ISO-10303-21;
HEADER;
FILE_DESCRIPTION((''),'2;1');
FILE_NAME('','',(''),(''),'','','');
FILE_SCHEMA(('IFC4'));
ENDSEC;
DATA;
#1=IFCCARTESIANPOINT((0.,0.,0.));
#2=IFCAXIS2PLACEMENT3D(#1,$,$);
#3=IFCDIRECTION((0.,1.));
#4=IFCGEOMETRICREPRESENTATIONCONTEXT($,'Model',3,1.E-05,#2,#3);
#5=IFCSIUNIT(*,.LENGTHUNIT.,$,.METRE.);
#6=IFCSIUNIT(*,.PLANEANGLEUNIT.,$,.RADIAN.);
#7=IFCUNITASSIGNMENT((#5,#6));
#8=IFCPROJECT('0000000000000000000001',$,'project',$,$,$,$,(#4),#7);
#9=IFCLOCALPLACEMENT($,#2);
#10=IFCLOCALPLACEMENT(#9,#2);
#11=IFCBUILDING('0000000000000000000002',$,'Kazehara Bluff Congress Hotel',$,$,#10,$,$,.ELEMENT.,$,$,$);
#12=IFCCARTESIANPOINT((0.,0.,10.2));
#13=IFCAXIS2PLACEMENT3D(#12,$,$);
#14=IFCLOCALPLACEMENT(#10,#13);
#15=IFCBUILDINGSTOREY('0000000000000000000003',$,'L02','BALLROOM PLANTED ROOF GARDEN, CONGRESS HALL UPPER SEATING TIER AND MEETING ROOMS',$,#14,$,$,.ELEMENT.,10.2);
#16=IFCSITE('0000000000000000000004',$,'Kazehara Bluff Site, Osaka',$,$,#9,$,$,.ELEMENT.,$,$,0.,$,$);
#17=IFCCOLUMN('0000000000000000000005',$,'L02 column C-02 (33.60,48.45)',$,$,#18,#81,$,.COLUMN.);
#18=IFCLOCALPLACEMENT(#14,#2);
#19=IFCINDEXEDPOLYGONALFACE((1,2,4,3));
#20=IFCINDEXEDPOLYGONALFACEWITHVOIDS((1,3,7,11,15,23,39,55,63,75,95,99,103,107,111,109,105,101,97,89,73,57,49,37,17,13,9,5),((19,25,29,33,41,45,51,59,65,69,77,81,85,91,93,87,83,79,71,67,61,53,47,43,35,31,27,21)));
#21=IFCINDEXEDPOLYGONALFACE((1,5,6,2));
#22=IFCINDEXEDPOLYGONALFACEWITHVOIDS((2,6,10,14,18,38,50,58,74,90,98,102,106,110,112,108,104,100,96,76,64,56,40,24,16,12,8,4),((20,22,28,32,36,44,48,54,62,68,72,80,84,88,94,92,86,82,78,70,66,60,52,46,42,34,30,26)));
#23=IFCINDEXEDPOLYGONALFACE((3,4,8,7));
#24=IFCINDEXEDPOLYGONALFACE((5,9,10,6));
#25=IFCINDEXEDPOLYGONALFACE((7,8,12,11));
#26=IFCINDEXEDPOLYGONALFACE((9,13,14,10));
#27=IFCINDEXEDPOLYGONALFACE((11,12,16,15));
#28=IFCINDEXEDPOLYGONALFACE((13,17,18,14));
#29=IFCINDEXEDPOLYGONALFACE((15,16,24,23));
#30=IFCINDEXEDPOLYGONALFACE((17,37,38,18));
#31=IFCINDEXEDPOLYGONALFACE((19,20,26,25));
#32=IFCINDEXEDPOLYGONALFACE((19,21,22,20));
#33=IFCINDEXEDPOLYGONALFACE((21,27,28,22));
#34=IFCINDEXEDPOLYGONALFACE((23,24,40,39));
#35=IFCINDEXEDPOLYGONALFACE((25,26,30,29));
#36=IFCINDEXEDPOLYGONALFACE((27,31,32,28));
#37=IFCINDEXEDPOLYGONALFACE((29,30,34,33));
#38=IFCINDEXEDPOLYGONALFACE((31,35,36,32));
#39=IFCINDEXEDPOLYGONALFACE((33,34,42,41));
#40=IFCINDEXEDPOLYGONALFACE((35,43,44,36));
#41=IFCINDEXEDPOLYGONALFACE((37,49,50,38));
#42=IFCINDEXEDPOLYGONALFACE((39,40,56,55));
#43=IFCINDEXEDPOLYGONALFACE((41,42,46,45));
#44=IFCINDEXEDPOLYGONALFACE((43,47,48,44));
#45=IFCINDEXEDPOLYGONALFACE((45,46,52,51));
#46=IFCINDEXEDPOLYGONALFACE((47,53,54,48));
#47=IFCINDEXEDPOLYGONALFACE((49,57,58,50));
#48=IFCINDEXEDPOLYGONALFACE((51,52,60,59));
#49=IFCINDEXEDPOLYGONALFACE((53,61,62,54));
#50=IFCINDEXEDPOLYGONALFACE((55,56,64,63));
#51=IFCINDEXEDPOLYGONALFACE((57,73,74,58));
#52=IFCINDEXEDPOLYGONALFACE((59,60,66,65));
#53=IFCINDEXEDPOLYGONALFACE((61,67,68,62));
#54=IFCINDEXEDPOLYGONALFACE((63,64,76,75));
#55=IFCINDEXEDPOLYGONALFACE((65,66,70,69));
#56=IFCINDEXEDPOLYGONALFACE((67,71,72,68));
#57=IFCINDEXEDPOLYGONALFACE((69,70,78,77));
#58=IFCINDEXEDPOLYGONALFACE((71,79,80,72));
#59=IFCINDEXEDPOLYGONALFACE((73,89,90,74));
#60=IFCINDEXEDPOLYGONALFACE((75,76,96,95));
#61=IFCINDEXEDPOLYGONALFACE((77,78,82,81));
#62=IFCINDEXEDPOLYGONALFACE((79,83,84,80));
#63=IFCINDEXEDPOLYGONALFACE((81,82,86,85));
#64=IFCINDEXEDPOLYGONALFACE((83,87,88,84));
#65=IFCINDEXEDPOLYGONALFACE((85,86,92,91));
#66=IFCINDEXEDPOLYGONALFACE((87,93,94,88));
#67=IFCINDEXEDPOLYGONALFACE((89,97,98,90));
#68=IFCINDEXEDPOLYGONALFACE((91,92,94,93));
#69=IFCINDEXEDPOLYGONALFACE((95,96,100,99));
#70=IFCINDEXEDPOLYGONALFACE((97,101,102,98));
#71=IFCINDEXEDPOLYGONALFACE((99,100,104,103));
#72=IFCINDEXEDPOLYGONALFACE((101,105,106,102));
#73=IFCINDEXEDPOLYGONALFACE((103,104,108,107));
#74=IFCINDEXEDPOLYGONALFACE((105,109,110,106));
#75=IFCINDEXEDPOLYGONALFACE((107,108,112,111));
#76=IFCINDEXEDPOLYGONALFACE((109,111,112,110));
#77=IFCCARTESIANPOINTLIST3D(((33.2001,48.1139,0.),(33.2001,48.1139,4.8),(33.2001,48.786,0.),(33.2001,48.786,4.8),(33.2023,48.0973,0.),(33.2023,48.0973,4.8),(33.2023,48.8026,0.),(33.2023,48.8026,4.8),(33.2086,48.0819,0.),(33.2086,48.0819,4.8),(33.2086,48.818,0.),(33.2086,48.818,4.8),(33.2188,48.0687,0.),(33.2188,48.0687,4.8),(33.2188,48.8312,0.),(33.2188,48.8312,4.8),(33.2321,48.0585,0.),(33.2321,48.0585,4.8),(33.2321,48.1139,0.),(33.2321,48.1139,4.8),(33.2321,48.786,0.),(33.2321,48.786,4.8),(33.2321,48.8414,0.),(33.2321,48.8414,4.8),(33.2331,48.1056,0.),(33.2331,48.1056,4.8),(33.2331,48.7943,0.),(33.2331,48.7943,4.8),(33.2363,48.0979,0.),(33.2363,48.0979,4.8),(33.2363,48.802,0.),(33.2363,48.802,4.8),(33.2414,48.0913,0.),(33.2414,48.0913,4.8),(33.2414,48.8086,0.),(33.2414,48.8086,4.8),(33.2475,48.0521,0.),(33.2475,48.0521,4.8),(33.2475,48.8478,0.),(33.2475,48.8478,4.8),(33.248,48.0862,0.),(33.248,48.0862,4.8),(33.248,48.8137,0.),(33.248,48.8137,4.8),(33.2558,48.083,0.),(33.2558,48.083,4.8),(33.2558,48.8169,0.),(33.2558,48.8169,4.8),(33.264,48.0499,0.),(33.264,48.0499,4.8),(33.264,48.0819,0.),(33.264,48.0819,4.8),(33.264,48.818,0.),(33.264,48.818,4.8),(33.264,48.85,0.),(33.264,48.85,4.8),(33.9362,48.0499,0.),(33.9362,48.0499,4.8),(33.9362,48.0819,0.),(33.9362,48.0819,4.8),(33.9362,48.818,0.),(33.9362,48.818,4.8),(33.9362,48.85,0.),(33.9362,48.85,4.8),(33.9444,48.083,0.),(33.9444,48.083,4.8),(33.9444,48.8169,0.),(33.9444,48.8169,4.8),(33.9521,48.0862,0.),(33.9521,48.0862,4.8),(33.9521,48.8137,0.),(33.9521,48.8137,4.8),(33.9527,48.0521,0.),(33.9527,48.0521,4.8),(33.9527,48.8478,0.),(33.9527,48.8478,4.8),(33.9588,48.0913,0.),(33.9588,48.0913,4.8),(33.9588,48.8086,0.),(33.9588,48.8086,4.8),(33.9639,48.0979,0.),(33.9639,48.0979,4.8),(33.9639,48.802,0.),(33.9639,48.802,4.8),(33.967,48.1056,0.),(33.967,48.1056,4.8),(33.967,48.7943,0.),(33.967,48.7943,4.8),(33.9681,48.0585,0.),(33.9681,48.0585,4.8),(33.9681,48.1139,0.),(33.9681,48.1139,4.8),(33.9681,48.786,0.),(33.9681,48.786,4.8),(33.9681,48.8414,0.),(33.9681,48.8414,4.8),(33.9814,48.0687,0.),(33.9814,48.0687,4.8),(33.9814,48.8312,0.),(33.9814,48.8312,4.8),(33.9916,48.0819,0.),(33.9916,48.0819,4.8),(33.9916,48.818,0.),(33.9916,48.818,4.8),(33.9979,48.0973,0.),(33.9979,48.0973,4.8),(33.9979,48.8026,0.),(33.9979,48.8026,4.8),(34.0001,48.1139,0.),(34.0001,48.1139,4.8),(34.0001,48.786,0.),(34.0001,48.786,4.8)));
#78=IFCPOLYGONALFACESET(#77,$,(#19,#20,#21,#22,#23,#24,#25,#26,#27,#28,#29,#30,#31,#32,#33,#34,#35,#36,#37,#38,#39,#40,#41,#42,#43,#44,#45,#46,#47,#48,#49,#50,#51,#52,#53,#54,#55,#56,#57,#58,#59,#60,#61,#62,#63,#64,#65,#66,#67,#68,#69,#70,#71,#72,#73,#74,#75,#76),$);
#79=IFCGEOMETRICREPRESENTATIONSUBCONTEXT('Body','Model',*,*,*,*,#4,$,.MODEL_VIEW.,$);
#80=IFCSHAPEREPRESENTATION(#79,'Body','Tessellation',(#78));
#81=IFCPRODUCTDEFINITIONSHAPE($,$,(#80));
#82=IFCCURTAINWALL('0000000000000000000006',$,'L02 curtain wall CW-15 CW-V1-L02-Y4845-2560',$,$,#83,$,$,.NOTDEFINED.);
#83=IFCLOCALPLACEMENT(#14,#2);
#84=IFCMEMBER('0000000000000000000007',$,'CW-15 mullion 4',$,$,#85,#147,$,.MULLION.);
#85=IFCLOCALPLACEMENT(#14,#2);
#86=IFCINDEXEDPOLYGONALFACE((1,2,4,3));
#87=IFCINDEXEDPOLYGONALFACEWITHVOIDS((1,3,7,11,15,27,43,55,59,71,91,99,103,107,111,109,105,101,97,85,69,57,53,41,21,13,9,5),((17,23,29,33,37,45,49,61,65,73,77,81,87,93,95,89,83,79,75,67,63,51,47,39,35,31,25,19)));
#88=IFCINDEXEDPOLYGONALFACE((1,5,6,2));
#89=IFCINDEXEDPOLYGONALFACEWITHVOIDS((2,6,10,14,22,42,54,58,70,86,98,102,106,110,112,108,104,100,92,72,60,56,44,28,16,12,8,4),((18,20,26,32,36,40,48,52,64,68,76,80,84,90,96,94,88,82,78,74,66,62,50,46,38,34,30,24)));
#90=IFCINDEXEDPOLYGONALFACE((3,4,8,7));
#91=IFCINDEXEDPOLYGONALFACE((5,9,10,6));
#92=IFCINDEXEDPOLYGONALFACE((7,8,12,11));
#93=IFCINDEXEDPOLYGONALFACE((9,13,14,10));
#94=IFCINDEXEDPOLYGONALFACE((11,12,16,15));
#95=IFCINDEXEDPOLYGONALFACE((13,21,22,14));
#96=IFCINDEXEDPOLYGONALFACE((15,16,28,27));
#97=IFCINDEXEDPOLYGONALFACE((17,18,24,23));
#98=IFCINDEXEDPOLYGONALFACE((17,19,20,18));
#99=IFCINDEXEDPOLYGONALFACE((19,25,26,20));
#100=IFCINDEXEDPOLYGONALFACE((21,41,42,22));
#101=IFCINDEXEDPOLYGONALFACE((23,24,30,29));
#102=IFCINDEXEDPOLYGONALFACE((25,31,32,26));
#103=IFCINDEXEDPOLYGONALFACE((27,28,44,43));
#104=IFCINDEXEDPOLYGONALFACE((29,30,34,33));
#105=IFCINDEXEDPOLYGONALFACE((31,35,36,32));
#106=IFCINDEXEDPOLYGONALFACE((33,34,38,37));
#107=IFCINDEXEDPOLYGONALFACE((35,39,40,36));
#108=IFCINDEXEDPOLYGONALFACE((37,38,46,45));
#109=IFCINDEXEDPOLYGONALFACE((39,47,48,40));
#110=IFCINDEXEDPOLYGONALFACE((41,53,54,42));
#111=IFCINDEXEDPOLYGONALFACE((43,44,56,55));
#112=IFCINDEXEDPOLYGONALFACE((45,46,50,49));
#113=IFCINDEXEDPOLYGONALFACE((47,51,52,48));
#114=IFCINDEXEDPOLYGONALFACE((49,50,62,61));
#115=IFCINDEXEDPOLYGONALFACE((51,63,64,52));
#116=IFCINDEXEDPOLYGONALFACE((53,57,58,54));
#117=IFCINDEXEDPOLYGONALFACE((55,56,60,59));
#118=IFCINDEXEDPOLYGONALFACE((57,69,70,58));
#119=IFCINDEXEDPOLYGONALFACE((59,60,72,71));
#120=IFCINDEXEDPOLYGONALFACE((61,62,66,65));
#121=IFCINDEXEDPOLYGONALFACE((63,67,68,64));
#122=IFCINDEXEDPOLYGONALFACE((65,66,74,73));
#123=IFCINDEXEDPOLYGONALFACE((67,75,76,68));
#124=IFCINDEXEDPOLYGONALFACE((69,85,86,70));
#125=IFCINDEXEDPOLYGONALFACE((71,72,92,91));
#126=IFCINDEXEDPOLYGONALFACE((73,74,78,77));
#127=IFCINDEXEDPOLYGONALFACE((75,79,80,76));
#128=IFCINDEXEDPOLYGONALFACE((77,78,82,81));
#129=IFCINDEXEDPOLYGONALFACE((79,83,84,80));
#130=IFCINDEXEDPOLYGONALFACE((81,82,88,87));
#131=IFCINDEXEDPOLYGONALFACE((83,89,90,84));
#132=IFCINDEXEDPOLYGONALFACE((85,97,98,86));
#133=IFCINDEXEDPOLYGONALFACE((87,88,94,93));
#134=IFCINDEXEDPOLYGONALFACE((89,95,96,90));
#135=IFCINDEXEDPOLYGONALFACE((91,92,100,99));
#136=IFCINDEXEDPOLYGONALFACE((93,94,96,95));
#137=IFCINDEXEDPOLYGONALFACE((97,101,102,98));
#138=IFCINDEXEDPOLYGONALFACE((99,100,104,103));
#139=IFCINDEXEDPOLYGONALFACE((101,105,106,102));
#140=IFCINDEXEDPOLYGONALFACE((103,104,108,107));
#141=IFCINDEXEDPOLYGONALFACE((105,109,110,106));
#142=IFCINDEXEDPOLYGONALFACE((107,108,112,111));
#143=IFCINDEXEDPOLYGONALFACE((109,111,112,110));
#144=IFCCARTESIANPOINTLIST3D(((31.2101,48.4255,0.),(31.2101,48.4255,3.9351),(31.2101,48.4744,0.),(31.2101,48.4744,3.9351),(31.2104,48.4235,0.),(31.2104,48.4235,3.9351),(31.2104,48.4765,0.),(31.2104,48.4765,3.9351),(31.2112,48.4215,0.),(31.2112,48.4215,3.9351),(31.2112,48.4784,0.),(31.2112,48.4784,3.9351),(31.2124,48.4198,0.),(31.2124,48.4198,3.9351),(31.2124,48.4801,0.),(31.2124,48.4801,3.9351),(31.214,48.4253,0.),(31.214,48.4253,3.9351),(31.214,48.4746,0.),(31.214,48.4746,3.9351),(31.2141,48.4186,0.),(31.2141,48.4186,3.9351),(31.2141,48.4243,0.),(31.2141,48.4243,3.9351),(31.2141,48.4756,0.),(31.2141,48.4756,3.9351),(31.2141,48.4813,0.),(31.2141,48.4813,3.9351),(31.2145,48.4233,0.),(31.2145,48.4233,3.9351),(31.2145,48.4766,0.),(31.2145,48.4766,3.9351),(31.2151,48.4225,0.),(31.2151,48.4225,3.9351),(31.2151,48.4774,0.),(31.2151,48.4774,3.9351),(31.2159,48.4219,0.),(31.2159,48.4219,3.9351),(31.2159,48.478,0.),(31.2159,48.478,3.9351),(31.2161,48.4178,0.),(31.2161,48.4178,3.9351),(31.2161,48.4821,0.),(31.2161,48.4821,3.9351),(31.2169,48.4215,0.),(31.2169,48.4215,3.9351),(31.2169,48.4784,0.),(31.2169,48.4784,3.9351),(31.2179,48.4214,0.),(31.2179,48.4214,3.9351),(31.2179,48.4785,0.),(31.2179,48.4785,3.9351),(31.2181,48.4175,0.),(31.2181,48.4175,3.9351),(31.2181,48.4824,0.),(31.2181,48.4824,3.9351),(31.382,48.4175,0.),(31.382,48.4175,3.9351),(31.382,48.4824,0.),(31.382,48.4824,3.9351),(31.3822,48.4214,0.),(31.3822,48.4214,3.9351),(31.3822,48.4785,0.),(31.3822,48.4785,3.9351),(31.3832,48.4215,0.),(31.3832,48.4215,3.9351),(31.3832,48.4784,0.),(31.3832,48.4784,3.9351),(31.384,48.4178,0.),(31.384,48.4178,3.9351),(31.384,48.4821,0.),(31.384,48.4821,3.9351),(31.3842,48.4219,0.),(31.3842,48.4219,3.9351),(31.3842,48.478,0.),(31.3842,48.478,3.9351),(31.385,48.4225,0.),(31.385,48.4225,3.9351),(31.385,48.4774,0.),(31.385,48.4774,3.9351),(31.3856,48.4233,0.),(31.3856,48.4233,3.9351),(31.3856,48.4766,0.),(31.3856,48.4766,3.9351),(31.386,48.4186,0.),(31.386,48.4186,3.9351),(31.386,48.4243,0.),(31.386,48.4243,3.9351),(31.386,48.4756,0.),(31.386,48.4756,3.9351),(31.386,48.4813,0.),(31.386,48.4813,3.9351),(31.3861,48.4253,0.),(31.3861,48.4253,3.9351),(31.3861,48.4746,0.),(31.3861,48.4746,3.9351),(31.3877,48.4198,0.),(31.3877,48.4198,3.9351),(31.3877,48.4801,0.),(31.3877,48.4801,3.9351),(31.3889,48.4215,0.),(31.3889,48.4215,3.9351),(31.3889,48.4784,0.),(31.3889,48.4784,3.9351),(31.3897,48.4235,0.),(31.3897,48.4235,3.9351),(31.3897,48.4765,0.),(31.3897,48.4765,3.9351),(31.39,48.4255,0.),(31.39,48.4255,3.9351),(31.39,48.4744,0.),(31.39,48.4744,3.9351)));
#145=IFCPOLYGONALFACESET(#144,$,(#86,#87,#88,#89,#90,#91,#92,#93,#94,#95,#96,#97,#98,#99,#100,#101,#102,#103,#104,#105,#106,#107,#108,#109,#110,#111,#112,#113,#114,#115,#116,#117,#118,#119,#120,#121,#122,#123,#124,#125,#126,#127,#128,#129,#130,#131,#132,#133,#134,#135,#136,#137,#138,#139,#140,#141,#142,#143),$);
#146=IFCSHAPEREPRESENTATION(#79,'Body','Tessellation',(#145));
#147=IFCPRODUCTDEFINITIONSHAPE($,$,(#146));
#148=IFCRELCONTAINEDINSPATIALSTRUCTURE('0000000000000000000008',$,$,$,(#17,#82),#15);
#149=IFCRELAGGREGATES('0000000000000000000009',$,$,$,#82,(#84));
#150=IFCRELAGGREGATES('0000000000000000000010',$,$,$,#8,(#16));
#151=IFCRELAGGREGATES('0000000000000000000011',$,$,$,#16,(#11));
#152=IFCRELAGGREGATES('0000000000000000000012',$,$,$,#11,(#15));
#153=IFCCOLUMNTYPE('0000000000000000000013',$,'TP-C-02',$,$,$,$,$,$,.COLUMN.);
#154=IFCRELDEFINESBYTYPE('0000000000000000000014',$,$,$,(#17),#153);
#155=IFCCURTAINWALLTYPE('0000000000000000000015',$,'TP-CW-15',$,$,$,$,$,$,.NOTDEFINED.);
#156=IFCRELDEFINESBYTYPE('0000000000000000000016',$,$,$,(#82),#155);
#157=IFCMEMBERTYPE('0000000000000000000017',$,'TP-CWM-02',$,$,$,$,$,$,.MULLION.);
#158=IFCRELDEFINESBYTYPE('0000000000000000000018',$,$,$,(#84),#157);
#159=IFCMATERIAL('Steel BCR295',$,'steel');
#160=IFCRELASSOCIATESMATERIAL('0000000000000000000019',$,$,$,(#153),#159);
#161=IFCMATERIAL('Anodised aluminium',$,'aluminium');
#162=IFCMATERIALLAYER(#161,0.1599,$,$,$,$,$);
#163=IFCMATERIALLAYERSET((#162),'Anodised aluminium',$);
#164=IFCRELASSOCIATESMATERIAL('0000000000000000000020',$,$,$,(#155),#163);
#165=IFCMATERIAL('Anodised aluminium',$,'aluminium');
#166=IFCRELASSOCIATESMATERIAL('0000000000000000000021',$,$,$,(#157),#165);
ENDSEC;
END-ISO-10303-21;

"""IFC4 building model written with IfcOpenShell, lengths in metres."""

from ifc_helpers import new_model, si_unit, direction, frame, origin, origin_2d, place, context, subcontext, project, spatial, hollow_rectangle, extrude, material, layer, layer_set, material_profile, profile_set, type_object, element, aggregate, save


model = new_model("IFC4")

# Units and contexts
model_context = context("Model", 3, precision=1e-05, world=origin(), true_north=direction((0.0, 1.0)))
body_context = subcontext(model_context, "Body", "Model", "MODEL_VIEW")
ifc_project = project(units=[si_unit("LENGTHUNIT", "METRE"), si_unit("PLANEANGLEUNIT", "RADIAN")], contexts=[model_context])

# Site, building, storey
site_placement = place(None, origin())
site = spatial("IfcSite", under=ifc_project, at=site_placement, Name="Kazehara Bluff Site, Osaka", CompositionType="ELEMENT", RefElevation=0.0)
building_placement = place(site_placement, origin())
building = spatial("IfcBuilding", under=site, at=building_placement, Name="Kazehara Bluff Congress Hotel", CompositionType="ELEMENT")
storey_placement = place(building_placement, frame((0.0, 0.0, 10.2)))
storey = spatial("IfcBuildingStorey", under=building, at=storey_placement, Name="L02", Description="BALLROOM PLANTED ROOF GARDEN, CONGRESS HALL UPPER SEATING TIER AND MEETING ROOMS", CompositionType="ELEMENT", Elevation=10.2)

# Column
ifc_material_1 = material(Name="Steel BCR295", Category="steel")
ifc_material_profile_1 = material_profile(ifc_material_1, hollow_rectangle(XDim=0.8, YDim=0.8, WallThickness=0.032, InnerFilletRadius=0.032, OuterFilletRadius=0.064, at=origin_2d()))
ifc_profile_set_1 = profile_set([ifc_material_profile_1], Name="Steel BCR295")
column_type = type_object("IfcColumnType", Name="TP-C-02", PredefinedType="COLUMN", material=ifc_profile_set_1)
column_placement = place(storey_placement, frame((33.6001, 48.45, 0.0), z_axis=(0.0, 0.0, 1.0), x_axis=(1.0, 0.0, 0.0)))
element("IfcColumn", 1, at=column_placement, inside=storey, type_object=column_type, Name="L02 column C-02 (33.60,48.45)", PredefinedType="COLUMN", context=body_context, shape_type="SweptSolid", body=[
    extrude(hollow_rectangle(XDim=0.8, YDim=0.8, WallThickness=0.032, InnerFilletRadius=0.032, OuterFilletRadius=0.064, at=origin_2d()), origin(), (0.0, 0.0, 1.0), 4.8),
])

# Curtain wall, member
ifc_material_2 = material(Name="Anodised aluminium", Category="aluminium")
ifc_layer_1 = layer(ifc_material_2, 0.1599)
ifc_layer_set_1 = layer_set([ifc_layer_1], Name="Anodised aluminium")
curtain_wall_type = type_object("IfcCurtainWallType", Name="TP-CW-15", PredefinedType="NOTDEFINED", material=ifc_layer_set_1)
curtain_wall_1_placement = place(storey_placement, origin())
curtain_wall_1 = element("IfcCurtainWall", 2, at=curtain_wall_1_placement, inside=storey, type_object=curtain_wall_type, Name="L02 curtain wall CW-15 CW-V1-L02-Y4845-2560", PredefinedType="NOTDEFINED")
ifc_material_3 = material(Name="Anodised aluminium", Category="aluminium")
ifc_material_profile_2 = material_profile(ifc_material_3, hollow_rectangle(XDim=0.0649, YDim=0.1799, WallThickness=0.0039, InnerFilletRadius=0.0039, OuterFilletRadius=0.0081, at=origin_2d()))
ifc_profile_set_2 = profile_set([ifc_material_profile_2], Name="Anodised aluminium")
member_type_1 = type_object("IfcMemberType", Name="TP-CWM-02", PredefinedType="MULLION", material=ifc_profile_set_2)
member_1_placement = place(storey_placement, frame((31.3, 48.45, 0.0), z_axis=(0.0, 0.0, 1.0), x_axis=(0.0, 1.0, 0.0)))
member_1 = element("IfcMember", 3, at=member_1_placement, type_object=member_type_1, Name="CW-15 mullion 4", PredefinedType="MULLION", context=body_context, shape_type="SweptSolid", body=[
    extrude(hollow_rectangle(XDim=0.0649, YDim=0.1799, WallThickness=0.0039, InnerFilletRadius=0.0039, OuterFilletRadius=0.0081, at=origin_2d()), origin(), (0.0, 0.0, 1.0), 3.9351),
])

aggregate(curtain_wall_1, [member_1])

save(model, "model.ifc")
